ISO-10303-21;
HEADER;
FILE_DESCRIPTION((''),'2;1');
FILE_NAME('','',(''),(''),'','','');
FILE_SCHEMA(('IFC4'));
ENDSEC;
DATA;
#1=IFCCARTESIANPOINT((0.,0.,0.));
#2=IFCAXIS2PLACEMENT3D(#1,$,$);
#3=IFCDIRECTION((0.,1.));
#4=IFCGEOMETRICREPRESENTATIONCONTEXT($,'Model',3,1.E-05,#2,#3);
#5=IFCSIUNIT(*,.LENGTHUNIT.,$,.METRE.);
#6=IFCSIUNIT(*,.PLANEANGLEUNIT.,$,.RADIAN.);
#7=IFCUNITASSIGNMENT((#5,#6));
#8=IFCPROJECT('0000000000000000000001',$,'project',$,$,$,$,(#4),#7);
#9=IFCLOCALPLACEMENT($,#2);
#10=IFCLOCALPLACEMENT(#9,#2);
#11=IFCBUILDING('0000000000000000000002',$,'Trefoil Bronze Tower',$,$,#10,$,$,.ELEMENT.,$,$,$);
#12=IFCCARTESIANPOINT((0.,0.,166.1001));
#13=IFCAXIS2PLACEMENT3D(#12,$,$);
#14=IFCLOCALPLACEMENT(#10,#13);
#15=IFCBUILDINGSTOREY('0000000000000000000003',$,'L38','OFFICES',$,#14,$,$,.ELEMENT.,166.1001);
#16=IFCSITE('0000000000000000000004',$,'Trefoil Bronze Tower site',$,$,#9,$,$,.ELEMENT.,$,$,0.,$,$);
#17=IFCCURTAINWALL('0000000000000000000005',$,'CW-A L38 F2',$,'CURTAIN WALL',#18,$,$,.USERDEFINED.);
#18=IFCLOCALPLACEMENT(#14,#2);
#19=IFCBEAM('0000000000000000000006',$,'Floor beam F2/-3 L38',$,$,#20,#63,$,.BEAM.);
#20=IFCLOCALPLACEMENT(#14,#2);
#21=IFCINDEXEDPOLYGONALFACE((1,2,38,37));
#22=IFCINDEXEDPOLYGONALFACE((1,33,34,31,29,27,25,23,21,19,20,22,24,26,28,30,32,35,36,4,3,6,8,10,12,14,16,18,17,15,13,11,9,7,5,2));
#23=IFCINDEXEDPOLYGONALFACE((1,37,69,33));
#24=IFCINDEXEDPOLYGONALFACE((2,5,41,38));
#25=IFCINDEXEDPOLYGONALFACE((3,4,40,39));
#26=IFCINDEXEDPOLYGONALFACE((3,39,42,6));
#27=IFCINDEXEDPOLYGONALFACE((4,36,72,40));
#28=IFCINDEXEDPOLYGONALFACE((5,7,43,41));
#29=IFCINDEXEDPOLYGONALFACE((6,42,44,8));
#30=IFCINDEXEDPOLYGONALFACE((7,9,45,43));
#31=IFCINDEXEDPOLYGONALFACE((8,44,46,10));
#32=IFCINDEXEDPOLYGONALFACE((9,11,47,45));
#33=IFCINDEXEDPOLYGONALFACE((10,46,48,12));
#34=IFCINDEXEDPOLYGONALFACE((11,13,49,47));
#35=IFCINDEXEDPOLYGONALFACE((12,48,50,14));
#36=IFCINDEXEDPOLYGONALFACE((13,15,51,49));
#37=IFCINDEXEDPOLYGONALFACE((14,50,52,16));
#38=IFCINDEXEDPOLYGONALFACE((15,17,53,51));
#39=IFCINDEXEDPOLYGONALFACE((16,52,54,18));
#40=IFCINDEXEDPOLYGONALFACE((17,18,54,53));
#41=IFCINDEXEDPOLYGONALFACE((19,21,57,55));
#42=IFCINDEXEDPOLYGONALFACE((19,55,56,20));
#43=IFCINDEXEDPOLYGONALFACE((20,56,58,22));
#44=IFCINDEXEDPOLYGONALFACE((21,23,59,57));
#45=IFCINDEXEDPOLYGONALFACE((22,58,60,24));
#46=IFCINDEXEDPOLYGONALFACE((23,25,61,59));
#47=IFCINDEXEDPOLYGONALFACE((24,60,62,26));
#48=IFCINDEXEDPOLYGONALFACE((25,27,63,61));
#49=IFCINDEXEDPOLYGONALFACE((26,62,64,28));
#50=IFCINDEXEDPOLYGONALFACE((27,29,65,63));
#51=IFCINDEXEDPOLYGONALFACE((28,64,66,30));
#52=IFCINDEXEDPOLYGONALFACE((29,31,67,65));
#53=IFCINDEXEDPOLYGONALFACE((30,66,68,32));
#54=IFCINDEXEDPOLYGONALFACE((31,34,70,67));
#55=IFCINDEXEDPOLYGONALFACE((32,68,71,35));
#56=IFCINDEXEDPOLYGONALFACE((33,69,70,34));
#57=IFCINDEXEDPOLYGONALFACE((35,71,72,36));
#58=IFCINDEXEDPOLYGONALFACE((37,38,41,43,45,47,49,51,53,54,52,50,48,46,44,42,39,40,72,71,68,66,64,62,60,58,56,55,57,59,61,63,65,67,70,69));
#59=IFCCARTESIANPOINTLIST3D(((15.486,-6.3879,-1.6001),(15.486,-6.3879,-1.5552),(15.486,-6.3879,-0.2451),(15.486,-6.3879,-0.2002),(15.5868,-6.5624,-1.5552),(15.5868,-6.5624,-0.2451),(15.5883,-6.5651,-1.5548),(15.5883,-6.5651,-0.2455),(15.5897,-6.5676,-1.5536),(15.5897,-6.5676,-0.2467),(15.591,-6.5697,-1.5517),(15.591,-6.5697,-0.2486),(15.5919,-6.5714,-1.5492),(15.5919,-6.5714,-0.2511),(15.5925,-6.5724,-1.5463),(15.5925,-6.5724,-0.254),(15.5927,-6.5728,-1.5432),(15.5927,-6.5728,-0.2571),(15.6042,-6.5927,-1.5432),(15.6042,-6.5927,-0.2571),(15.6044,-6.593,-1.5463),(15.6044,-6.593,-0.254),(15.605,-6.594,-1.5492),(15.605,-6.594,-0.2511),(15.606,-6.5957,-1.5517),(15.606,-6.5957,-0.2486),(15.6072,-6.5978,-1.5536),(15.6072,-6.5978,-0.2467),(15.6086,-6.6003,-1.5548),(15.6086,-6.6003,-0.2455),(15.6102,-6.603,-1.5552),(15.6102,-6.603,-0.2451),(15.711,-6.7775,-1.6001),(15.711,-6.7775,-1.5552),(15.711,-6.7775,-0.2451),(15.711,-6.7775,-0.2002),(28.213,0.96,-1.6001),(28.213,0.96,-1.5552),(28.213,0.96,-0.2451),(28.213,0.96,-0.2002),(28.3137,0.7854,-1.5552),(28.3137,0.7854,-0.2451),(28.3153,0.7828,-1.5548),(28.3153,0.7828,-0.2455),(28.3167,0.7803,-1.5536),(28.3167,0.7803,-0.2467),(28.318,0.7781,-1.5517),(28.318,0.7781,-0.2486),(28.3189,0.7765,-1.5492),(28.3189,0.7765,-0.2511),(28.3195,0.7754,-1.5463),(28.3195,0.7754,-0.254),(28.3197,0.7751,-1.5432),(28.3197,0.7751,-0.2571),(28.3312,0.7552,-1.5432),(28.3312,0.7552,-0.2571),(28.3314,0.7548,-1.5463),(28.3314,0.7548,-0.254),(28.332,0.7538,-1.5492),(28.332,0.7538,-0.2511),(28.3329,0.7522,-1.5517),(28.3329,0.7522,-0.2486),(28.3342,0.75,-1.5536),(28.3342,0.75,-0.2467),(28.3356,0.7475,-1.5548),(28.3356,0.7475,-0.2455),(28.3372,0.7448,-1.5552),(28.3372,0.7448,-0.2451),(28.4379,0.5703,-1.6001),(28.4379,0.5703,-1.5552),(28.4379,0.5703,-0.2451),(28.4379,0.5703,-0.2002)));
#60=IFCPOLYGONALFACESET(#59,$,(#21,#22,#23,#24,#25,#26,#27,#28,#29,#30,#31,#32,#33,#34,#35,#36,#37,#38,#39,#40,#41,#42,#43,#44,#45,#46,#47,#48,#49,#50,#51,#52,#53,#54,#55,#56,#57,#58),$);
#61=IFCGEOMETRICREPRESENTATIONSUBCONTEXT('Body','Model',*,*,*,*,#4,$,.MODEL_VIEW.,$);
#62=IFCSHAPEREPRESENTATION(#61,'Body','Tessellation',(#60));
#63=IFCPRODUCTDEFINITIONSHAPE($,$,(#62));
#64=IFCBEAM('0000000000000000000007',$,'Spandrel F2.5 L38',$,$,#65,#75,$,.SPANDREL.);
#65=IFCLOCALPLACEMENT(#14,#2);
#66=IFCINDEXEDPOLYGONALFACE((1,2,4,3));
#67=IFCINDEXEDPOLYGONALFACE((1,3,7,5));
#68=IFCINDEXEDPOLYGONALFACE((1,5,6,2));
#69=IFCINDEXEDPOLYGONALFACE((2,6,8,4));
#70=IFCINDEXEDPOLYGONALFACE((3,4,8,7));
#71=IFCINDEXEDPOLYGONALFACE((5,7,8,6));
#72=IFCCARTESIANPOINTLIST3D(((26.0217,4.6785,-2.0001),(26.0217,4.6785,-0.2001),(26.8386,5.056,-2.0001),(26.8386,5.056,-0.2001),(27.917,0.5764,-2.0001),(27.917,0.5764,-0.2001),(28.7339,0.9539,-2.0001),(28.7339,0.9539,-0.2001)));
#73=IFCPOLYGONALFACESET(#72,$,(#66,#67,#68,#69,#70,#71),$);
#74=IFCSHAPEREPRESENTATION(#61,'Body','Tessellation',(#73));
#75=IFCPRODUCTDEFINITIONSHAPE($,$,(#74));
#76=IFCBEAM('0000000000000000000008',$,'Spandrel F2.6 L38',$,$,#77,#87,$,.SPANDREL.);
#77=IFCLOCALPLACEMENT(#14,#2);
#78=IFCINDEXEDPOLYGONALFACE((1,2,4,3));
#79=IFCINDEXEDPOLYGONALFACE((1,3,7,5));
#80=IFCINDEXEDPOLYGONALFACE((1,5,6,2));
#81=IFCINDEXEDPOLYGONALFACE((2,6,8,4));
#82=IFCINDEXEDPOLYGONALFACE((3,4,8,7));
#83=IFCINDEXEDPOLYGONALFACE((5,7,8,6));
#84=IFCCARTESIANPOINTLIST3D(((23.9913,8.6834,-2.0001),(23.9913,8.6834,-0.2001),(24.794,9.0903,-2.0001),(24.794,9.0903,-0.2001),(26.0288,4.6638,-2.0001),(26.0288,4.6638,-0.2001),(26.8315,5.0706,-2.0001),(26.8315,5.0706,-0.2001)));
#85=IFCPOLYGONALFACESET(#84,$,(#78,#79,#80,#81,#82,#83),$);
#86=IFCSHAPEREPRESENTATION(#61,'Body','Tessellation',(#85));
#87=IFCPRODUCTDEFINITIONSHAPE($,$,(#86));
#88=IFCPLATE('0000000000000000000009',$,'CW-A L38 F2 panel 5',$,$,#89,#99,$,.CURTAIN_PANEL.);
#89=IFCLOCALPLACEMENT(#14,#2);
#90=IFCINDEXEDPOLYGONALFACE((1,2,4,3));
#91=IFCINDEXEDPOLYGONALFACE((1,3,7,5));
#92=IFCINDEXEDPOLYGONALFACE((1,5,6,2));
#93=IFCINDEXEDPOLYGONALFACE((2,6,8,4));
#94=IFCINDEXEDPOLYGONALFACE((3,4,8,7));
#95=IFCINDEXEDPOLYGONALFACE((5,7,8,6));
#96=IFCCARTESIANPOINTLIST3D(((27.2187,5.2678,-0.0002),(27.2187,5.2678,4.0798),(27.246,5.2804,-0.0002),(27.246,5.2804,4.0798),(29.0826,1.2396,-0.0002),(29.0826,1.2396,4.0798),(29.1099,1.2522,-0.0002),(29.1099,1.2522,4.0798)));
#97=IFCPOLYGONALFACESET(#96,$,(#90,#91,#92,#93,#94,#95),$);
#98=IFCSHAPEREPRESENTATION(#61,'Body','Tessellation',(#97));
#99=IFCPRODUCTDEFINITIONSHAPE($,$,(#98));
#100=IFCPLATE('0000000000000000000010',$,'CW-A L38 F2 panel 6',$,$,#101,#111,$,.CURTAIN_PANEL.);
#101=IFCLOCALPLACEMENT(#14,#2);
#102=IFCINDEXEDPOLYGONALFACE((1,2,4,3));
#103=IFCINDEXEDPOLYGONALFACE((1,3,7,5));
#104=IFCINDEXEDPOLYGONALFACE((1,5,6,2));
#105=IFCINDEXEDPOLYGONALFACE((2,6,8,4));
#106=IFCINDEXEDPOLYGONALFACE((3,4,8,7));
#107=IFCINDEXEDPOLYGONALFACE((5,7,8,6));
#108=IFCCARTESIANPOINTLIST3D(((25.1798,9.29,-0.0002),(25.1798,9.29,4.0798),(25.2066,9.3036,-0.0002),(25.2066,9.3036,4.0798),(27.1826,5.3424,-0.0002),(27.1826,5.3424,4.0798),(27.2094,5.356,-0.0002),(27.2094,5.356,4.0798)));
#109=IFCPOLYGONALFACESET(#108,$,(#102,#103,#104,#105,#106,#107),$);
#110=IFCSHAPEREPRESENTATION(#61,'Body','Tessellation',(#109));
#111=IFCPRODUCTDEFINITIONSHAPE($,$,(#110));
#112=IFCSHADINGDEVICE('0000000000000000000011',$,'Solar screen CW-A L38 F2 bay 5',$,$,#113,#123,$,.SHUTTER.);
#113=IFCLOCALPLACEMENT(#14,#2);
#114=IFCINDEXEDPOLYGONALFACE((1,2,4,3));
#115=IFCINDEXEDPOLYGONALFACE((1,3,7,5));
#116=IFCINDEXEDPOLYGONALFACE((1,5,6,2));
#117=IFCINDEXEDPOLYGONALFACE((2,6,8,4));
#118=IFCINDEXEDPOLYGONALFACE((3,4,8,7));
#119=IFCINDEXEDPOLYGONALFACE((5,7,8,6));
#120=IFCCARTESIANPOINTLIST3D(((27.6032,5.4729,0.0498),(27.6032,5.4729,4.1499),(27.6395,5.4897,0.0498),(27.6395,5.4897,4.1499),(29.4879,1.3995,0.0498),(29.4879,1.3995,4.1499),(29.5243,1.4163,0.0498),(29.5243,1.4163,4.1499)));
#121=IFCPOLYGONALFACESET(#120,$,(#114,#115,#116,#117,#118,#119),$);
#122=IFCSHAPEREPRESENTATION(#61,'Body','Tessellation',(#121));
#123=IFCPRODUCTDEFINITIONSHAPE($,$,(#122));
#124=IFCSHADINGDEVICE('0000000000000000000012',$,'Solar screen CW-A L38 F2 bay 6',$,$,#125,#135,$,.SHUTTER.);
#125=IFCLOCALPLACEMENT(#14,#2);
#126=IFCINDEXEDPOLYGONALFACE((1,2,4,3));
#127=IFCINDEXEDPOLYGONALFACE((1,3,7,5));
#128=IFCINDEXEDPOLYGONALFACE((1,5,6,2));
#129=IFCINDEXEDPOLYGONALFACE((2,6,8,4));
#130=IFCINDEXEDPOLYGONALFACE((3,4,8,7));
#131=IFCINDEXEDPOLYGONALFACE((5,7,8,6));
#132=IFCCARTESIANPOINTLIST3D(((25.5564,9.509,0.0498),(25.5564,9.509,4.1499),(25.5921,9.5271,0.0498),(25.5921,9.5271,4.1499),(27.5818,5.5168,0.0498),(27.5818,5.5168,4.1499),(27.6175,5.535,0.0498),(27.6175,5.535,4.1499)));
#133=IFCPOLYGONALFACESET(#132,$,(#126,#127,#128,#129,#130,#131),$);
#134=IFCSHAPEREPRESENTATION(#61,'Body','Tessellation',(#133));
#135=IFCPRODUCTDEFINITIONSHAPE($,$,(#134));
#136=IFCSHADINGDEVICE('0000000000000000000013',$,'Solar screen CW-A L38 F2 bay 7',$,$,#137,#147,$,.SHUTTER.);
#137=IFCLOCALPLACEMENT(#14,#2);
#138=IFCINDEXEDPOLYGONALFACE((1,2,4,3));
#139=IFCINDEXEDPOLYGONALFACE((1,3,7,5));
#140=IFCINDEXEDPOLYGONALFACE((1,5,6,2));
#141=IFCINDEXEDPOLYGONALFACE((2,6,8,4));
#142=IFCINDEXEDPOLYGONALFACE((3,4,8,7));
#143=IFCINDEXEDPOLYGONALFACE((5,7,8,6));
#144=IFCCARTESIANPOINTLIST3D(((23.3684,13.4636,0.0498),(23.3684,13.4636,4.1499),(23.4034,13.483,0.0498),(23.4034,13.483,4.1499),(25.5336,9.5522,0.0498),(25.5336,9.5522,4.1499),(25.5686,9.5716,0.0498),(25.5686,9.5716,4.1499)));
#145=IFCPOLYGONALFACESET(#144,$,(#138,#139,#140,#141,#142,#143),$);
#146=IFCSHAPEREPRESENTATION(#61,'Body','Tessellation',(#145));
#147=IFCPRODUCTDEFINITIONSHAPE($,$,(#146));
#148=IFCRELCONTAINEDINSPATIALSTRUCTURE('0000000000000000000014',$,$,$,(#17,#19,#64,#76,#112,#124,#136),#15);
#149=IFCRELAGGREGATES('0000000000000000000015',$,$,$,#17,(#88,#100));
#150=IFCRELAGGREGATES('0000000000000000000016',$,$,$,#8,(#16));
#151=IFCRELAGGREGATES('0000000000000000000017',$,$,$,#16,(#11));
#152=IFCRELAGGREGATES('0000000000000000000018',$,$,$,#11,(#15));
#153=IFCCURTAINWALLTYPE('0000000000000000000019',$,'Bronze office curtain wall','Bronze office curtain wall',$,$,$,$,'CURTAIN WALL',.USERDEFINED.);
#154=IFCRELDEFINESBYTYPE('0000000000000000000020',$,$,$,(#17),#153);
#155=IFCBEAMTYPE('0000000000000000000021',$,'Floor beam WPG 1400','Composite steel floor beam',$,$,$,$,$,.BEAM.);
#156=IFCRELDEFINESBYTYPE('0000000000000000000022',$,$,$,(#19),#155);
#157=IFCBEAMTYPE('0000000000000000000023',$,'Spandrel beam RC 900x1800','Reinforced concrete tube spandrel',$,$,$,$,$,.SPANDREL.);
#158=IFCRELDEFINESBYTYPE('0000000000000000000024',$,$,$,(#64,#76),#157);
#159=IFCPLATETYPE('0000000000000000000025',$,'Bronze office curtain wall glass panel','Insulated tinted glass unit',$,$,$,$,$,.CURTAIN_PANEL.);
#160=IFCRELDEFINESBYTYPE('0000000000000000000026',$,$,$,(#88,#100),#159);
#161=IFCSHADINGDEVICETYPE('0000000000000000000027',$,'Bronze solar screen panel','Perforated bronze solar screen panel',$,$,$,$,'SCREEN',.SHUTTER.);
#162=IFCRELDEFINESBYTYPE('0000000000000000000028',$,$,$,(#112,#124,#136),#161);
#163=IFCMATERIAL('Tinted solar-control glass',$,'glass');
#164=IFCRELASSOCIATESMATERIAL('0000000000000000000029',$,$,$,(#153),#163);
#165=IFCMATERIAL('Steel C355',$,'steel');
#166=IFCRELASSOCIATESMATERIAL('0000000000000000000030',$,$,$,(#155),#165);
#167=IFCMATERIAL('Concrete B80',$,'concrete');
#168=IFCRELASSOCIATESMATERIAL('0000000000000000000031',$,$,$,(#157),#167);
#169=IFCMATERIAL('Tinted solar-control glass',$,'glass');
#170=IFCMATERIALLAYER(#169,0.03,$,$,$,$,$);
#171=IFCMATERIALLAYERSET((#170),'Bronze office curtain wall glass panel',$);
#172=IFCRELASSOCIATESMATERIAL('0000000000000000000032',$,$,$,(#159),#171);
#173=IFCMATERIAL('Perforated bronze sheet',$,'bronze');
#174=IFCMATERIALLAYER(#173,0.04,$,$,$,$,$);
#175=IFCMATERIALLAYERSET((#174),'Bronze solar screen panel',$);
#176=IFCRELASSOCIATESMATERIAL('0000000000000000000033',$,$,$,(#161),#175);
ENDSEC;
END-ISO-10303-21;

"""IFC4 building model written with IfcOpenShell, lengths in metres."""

from ifc_helpers import new_model, si_unit, direction, frame, origin, origin_2d, place, context, subcontext, project, spatial, rectangle, i_section, extrude, material, layer, layer_set, material_profile, profile_set, type_object, element, aggregate, save


model = new_model("IFC4")

# Units and contexts
model_context = context("Model", 3, precision=1e-05, world=origin(), true_north=direction((0.0, 1.0)))
body_context = subcontext(model_context, "Body", "Model", "MODEL_VIEW")
ifc_project = project(units=[si_unit("LENGTHUNIT", "METRE"), si_unit("PLANEANGLEUNIT", "RADIAN")], contexts=[model_context])

# Site, building, storey
site_placement = place(None, origin())
site = spatial("IfcSite", under=ifc_project, at=site_placement, Name="Trefoil Bronze Tower site", CompositionType="ELEMENT", RefElevation=0.0)
building_placement = place(site_placement, origin())
building = spatial("IfcBuilding", under=site, at=building_placement, Name="Trefoil Bronze Tower", CompositionType="ELEMENT")
storey_placement = place(building_placement, frame((0.0, 0.0, 166.1001)))
storey = spatial("IfcBuildingStorey", under=building, at=storey_placement, Name="L38", Description="OFFICES", CompositionType="ELEMENT", Elevation=166.1001)

# Curtain wall
ifc_material_1 = material(Name="Tinted solar-control glass", Category="glass")
curtain_wall_type = type_object("IfcCurtainWallType", Name="Bronze office curtain wall", Description="Bronze office curtain wall", ElementType="CURTAIN WALL", PredefinedType="USERDEFINED", material=ifc_material_1)
curtain_wall_placement = place(storey_placement, origin())
curtain_wall = element("IfcCurtainWall", 1, at=curtain_wall_placement, inside=storey, type_object=curtain_wall_type, Name="CW-A L38 F2", ObjectType="CURTAIN WALL", PredefinedType="USERDEFINED")

# Beams
ifc_material_2 = material(Name="Steel C355", Category="steel")
ifc_material_profile_1 = material_profile(ifc_material_2, i_section(OverallWidth=0.45, OverallDepth=1.3999, WebThickness=0.0229, FlangeThickness=0.0449, FilletRadius=0.012, at=origin_2d()), Name="WPG 1400")
ifc_profile_set_1 = profile_set([ifc_material_profile_1], Name="Steel C355")
beam_type_1 = type_object("IfcBeamType", Name="Floor beam WPG 1400", Description="Composite steel floor beam", PredefinedType="BEAM", material=ifc_profile_set_1)
beam_1_placement = place(storey_placement, frame((28.3254, 0.7651, -0.9001), z_axis=(-0.866027, -0.499997, 0.0), x_axis=(0.499997, -0.866027, 0.0)))
element("IfcBeam", 2, at=beam_1_placement, inside=storey, type_object=beam_type_1, Name="Floor beam F2/-3 L38", PredefinedType="BEAM", context=body_context, shape_type="SweptSolid", body=[
    extrude(i_section(OverallWidth=0.45, OverallDepth=1.3999, WebThickness=0.0229, FlangeThickness=0.0449, FilletRadius=0.012, at=origin_2d()), origin(), (0.0, 0.0, 1.0), 14.6958),
])
ifc_material_3 = material(Name="Concrete B80", Category="concrete")
ifc_material_profile_2 = material_profile(ifc_material_3, rectangle(XDim=0.8999, YDim=1.8, at=origin_2d()), Name="RC 900x1800")
ifc_profile_set_2 = profile_set([ifc_material_profile_2], Name="Concrete B80")
beam_type_2 = type_object("IfcBeamType", Name="Spandrel beam RC 900x1800", Description="Reinforced concrete tube spandrel", PredefinedType="SPANDREL", material=ifc_profile_set_2)
beam_2_placement = place(storey_placement, frame((28.3254, 0.7651, -1.1001), z_axis=(-0.419425, 0.90779, 0.0), x_axis=(-0.90779, -0.419425, 0.0)))
element("IfcBeam", 3, at=beam_2_placement, inside=storey, type_object=beam_type_2, Name="Spandrel F2.5 L38", PredefinedType="SPANDREL", context=body_context, shape_type="SweptSolid", body=[
    extrude(rectangle(XDim=0.8999, YDim=1.8, at=origin_2d()), origin(), (0.0, 0.0, 1.0), 4.5188),
])
beam_3_placement = place(storey_placement, frame((26.4302, 4.8672, -1.1001), z_axis=(-0.452126, 0.891954, 0.0), x_axis=(-0.891954, -0.452126, 0.0)))
element("IfcBeam", 4, at=beam_3_placement, inside=storey, type_object=beam_type_2, Name="Spandrel F2.6 L38", PredefinedType="SPANDREL", context=body_context, shape_type="SweptSolid", body=[
    extrude(rectangle(XDim=0.8999, YDim=1.8, at=origin_2d()), origin(), (0.0, 0.0, 1.0), 4.5066),
])

# Plates
ifc_material_4 = material(Name="Tinted solar-control glass", Category="glass")
ifc_layer_1 = layer(ifc_material_4, 0.03)
ifc_layer_set_1 = layer_set([ifc_layer_1], Name="Bronze office curtain wall glass panel")
plate_type = type_object("IfcPlateType", Name="Bronze office curtain wall glass panel", Description="Insulated tinted glass unit", PredefinedType="CURTAIN_PANEL", material=ifc_layer_set_1)
plate_1_placement = place(storey_placement, frame((28.1643, 3.26, -0.0002), z_axis=(0.0, 0.0, 1.0), x_axis=(-0.419933, 0.907555, 0.0)))
plate_1 = element("IfcPlate", 5, at=plate_1_placement, type_object=plate_type, Name="CW-A L38 F2 panel 5", PredefinedType="CURTAIN_PANEL", context=body_context, shape_type="SweptSolid", body=[
    extrude(rectangle(XDim=4.4385, YDim=0.03, at=origin_2d()), origin(), (0.0, 0.0, 1.0), 4.0801),
])
plate_2_placement = place(storey_placement, frame((26.1946, 7.323, -0.0002), z_axis=(0.0, 0.0, 1.0), x_axis=(-0.452449, 0.89179, 0.0)))
plate_2 = element("IfcPlate", 6, at=plate_2_placement, type_object=plate_type, Name="CW-A L38 F2 panel 6", PredefinedType="CURTAIN_PANEL", context=body_context, shape_type="SweptSolid", body=[
    extrude(rectangle(XDim=4.4265, YDim=0.03, at=origin_2d()), origin(), (0.0, 0.0, 1.0), 4.0801),
])
aggregate(curtain_wall, [plate_1, plate_2])

# Shading devices
ifc_material_5 = material(Name="Perforated bronze sheet", Category="bronze")
ifc_layer_2 = layer(ifc_material_5, 0.04)
ifc_layer_set_2 = layer_set([ifc_layer_2], Name="Bronze solar screen panel")
shading_device_type = type_object("IfcShadingDeviceType", Name="Bronze solar screen panel", Description="Perforated bronze solar screen panel", ElementType="SCREEN", PredefinedType="SHUTTER", material=ifc_layer_set_2)
shading_device_1_placement = place(storey_placement, frame((28.5637, 3.4446, 0.0498), z_axis=(0.0, 0.0, 1.0), x_axis=(-0.419933, 0.907555, 0.0)))
element("IfcShadingDevice", 7, at=shading_device_1_placement, inside=storey, type_object=shading_device_type, Name="Solar screen CW-A L38 F2 bay 5", PredefinedType="SHUTTER", context=body_context, shape_type="SweptSolid", body=[
    extrude(rectangle(XDim=4.4883, YDim=0.04, at=origin_2d()), origin(), (0.0, 0.0, 1.0), 4.1001),
])
shading_device_2_placement = place(storey_placement, frame((26.5869, 7.522, 0.0498), z_axis=(0.0, 0.0, 1.0), x_axis=(-0.452449, 0.89179, 0.0)))
element("IfcShadingDevice", 8, at=shading_device_2_placement, inside=storey, type_object=shading_device_type, Name="Solar screen CW-A L38 F2 bay 6", PredefinedType="SHUTTER", context=body_context, shape_type="SweptSolid", body=[
    extrude(rectangle(XDim=4.4766, YDim=0.04, at=origin_2d()), origin(), (0.0, 0.0, 1.0), 4.1001),
])
shading_device_3_placement = place(storey_placement, frame((24.4685, 11.5176, 0.0498), z_axis=(0.0, 0.0, 1.0), x_axis=(-0.484312, 0.874895, 0.0)))
element("IfcShadingDevice", 9, at=shading_device_3_placement, inside=storey, type_object=shading_device_type, Name="Solar screen CW-A L38 F2 bay 7", PredefinedType="SHUTTER", context=body_context, shape_type="SweptSolid", body=[
    extrude(rectangle(XDim=4.4707, YDim=0.04, at=origin_2d()), origin(), (0.0, 0.0, 1.0), 4.1001),
])

save(model, "model.ifc")
